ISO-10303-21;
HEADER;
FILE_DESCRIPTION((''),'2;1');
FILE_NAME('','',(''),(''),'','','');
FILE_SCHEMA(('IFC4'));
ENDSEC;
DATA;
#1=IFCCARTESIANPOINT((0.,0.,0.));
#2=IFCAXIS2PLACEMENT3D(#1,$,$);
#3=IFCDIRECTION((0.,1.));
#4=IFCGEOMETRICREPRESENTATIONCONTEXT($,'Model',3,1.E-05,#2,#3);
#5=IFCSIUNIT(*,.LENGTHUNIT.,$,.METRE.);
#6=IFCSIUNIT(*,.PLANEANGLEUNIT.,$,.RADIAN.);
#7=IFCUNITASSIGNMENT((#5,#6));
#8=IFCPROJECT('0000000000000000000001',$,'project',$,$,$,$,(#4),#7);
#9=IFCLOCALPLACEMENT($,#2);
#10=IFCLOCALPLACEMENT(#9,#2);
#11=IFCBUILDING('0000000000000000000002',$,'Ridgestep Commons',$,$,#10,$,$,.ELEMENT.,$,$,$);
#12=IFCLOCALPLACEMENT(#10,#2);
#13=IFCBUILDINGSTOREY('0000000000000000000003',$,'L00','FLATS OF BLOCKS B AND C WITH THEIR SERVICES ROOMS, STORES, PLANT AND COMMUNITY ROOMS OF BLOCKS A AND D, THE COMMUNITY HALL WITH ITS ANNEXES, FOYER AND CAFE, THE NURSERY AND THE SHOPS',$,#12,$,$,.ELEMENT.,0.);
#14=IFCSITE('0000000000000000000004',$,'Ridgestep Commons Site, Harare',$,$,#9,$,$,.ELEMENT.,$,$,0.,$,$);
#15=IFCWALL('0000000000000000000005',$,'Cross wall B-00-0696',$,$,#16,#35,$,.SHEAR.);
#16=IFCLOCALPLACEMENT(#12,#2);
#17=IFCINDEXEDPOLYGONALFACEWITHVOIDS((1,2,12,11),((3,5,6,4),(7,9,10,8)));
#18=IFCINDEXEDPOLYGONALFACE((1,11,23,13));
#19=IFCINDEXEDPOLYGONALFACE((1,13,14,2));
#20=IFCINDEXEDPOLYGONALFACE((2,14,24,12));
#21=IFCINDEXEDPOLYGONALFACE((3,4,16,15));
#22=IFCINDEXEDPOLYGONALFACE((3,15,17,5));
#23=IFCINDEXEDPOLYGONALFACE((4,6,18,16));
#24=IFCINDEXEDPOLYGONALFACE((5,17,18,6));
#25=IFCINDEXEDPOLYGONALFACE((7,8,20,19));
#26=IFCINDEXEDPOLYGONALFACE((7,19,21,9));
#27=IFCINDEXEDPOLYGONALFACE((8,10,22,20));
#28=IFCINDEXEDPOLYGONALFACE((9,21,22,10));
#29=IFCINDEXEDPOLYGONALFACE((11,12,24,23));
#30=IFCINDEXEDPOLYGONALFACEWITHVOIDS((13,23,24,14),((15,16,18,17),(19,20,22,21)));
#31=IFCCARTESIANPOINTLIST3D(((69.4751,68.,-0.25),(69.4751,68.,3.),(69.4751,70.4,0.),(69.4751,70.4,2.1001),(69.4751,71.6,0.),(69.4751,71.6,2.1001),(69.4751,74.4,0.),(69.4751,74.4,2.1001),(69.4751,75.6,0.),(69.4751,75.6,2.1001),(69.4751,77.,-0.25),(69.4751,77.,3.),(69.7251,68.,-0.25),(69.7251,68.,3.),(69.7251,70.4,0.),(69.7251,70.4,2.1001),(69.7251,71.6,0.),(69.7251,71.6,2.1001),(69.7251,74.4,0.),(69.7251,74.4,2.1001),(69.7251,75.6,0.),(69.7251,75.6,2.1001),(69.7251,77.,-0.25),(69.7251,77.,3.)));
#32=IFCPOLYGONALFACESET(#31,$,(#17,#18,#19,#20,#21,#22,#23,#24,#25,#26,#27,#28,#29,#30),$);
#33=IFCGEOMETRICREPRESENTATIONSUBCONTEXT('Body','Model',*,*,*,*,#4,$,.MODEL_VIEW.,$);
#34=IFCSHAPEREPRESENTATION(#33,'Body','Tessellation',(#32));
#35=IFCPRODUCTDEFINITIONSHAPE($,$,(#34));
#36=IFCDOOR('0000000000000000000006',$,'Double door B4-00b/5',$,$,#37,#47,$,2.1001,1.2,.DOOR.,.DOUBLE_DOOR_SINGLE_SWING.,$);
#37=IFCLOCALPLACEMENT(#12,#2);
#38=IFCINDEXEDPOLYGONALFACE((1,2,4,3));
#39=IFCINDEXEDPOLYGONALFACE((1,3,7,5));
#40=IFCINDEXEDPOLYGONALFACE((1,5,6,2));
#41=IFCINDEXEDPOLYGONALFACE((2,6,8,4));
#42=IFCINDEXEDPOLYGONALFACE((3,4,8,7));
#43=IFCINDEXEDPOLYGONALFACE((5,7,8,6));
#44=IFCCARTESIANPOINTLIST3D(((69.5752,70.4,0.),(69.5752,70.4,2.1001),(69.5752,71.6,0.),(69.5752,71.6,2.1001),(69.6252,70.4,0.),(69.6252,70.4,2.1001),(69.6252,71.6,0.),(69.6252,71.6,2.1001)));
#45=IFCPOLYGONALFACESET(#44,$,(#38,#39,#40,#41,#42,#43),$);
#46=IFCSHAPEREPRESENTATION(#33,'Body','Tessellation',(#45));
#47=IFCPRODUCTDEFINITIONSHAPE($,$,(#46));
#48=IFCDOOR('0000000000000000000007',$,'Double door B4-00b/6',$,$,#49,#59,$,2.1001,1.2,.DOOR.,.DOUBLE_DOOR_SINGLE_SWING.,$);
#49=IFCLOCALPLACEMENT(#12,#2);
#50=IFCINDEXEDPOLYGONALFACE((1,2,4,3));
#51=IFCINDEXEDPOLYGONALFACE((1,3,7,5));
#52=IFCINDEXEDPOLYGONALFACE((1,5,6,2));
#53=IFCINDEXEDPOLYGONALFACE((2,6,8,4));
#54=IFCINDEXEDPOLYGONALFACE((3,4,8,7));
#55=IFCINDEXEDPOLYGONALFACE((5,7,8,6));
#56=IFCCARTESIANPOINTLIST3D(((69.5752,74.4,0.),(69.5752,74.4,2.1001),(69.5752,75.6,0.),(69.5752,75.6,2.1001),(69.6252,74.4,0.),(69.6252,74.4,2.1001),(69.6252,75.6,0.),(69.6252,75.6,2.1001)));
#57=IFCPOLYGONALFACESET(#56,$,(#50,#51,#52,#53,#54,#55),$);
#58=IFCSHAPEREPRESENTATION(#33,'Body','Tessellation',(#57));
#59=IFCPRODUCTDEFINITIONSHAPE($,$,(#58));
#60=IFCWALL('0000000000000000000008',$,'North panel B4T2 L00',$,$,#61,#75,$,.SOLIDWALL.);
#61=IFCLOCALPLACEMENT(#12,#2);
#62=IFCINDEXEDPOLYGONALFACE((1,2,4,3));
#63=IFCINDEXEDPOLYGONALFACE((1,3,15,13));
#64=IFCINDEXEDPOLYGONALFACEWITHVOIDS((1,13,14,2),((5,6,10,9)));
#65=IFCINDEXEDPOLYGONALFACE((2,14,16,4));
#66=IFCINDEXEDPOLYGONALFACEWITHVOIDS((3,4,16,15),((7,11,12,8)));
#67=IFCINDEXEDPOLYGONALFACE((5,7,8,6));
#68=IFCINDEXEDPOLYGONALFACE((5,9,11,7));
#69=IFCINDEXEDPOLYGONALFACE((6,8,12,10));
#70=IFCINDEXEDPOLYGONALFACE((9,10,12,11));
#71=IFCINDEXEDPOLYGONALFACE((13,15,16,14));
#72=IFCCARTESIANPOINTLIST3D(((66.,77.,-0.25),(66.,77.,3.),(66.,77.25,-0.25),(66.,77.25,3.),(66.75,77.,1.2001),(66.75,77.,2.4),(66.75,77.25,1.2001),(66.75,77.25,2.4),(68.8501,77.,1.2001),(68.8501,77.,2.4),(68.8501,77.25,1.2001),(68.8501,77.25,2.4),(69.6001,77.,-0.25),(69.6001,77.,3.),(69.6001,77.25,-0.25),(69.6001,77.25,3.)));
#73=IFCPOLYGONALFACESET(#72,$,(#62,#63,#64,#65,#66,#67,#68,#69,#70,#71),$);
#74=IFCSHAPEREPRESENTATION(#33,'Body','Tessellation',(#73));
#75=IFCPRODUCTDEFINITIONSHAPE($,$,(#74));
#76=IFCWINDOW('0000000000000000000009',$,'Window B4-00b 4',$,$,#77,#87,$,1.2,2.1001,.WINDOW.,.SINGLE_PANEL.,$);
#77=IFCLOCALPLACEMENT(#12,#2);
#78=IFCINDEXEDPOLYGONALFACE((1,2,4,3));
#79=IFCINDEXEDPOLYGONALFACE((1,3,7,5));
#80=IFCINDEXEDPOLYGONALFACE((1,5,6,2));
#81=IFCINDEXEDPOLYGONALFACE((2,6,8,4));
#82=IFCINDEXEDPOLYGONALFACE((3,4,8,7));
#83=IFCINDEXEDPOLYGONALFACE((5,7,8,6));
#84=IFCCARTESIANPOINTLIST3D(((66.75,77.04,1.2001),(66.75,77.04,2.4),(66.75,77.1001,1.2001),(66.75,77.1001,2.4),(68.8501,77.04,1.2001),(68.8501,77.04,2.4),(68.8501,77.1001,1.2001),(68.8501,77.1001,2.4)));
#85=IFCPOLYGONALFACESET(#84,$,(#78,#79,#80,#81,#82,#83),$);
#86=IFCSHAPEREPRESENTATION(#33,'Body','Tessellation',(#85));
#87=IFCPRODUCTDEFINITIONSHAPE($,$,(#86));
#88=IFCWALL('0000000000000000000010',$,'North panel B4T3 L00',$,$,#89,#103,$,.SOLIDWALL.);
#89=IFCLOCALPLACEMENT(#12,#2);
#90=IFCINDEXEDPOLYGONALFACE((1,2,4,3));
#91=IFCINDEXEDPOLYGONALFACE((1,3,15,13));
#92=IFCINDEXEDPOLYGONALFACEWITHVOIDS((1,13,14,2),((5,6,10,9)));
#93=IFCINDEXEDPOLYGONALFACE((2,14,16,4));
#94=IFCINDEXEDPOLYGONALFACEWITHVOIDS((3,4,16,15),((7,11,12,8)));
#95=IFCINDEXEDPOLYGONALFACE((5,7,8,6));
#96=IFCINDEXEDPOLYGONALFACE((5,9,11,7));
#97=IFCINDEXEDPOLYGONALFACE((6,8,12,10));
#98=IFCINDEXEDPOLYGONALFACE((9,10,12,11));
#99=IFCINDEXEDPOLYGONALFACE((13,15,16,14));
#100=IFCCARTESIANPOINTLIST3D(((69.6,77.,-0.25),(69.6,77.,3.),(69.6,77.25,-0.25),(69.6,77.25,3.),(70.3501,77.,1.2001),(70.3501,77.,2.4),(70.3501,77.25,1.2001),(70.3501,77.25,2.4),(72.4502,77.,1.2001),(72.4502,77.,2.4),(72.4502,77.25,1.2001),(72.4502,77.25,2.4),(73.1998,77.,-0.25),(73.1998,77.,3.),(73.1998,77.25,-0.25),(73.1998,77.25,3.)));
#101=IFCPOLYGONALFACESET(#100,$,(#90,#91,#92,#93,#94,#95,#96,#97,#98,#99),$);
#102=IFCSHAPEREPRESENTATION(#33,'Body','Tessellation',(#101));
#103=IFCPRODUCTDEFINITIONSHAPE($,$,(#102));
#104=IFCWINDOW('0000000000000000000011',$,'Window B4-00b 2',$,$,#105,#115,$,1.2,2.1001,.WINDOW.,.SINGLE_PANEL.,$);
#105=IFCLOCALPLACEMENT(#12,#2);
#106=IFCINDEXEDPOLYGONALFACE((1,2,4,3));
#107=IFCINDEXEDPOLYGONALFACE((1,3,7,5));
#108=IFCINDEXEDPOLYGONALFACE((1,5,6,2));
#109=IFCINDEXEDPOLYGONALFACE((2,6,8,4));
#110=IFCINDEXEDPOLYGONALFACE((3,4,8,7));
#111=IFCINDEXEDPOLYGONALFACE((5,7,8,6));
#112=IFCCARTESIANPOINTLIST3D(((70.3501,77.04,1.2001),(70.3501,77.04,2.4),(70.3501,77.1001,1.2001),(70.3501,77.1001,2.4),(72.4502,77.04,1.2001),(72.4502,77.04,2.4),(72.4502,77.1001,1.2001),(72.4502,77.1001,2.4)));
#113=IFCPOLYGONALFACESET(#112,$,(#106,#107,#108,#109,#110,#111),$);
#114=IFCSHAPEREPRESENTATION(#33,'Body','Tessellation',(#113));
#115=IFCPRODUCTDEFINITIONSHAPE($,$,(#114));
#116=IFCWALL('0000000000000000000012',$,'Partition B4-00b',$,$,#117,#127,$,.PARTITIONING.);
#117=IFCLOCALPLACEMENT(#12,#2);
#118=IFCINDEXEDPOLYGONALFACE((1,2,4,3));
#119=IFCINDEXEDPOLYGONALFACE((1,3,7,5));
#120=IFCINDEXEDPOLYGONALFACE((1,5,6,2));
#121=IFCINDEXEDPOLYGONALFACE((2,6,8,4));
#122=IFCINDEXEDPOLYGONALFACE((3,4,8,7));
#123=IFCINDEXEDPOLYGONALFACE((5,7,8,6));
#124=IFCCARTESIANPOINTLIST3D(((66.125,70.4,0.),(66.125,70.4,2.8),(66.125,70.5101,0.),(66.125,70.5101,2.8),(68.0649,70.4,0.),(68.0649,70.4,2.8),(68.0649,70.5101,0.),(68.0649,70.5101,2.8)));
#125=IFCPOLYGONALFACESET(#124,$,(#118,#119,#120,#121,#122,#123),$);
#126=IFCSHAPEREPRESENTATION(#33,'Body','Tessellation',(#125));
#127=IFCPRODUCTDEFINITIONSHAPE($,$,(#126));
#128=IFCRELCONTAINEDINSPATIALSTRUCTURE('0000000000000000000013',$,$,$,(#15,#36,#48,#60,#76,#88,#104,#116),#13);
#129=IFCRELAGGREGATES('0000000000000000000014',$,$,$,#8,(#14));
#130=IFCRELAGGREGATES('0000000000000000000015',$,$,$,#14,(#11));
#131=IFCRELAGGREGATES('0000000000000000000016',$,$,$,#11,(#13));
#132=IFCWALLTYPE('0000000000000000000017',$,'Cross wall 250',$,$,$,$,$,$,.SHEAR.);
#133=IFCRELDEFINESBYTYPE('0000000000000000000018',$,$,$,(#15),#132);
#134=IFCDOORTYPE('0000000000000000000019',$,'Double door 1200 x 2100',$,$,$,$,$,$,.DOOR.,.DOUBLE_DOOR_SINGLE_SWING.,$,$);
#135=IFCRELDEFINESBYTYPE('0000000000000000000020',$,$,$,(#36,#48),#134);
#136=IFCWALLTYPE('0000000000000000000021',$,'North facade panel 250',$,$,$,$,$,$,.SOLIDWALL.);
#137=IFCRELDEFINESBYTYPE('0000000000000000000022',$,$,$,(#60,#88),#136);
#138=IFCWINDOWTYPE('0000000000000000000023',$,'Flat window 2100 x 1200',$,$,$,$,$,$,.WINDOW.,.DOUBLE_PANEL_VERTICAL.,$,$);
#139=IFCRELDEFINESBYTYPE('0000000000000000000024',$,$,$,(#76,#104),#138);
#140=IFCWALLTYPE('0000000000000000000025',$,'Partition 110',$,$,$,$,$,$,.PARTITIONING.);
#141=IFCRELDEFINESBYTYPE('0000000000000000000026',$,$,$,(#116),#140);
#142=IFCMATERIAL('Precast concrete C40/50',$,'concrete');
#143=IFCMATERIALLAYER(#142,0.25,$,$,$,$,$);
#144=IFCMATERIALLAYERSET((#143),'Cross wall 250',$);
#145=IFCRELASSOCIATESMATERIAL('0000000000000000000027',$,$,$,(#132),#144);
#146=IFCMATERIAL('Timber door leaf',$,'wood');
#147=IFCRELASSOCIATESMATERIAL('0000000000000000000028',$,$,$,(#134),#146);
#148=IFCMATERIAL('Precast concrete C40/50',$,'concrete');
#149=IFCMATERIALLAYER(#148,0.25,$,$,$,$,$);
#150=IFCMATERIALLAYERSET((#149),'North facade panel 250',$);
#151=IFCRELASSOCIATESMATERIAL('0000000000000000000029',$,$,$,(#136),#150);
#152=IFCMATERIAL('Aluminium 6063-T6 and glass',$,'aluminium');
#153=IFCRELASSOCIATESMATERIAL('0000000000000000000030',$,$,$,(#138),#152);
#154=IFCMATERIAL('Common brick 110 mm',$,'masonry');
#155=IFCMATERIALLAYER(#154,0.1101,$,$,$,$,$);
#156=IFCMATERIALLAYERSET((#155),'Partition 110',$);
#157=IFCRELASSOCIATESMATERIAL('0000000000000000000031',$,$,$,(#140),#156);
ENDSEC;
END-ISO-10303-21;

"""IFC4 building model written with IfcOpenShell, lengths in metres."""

from ifc_helpers import new_model, si_unit, direction, frame, frame_2d, origin, place, context, subcontext, project, spatial, rectangle, extrude, material, layer, layer_set, type_object, element, fill, save


model = new_model("IFC4")

# Units and contexts
model_context = context("Model", 3, precision=1e-05, world=origin(), true_north=direction((0.0, 1.0)))
body_context = subcontext(model_context, "Body", "Model", "MODEL_VIEW")
ifc_project = project(units=[si_unit("LENGTHUNIT", "METRE"), si_unit("PLANEANGLEUNIT", "RADIAN")], contexts=[model_context])

# Site, building, storey
site_placement = place(None, origin())
site = spatial("IfcSite", under=ifc_project, at=site_placement, Name="Ridgestep Commons Site, Harare", CompositionType="ELEMENT", RefElevation=0.0)
building_placement = place(site_placement, origin())
building = spatial("IfcBuilding", under=site, at=building_placement, Name="Ridgestep Commons", CompositionType="ELEMENT")
storey_placement = place(building_placement, origin())
storey = spatial("IfcBuildingStorey", under=building, at=storey_placement, Name="L00", Description="FLATS OF BLOCKS B AND C WITH THEIR SERVICES ROOMS, STORES, PLANT AND COMMUNITY ROOMS OF BLOCKS A AND D, THE COMMUNITY HALL WITH ITS ANNEXES, FOYER AND CAFE, THE NURSERY AND THE SHOPS", CompositionType="ELEMENT", Elevation=0.0)

# Shared definitions
ifc_material_1 = material(Name="Precast concrete C40/50", Category="concrete")
ifc_layer_1 = layer(ifc_material_1, 0.25)
ifc_layer_set_1 = layer_set([ifc_layer_1], Name="Cross wall 250")
wall_type_1 = type_object("IfcWallType", Name="Cross wall 250", PredefinedType="SHEAR", material=ifc_layer_set_1)

# Wall, openings, doors
wall_1_placement = place(storey_placement, frame((69.6001, 68.0, -0.25), z_axis=(0.0, 0.0, 1.0), x_axis=(0.0, 1.0, 0.0)))
wall_1 = element("IfcWall", 1, at=wall_1_placement, inside=storey, type_object=wall_type_1, Name="Cross wall B-00-0696", PredefinedType="SHEAR", context=body_context, shape_type="SweptSolid", body=[
    extrude(rectangle(XDim=9.0, YDim=0.25, at=frame_2d((4.5, 0.0))), origin(), (0.0, 0.0, 1.0), 3.25),
])
opening_1_placement = place(wall_1_placement, frame((2.3999, 0.0, 0.25)))
opening_1 = element("IfcOpeningElement", 2, at=opening_1_placement, cuts=wall_1, PredefinedType="OPENING", context=body_context, shape_type="SweptSolid", body=[
    extrude(rectangle(XDim=1.2, YDim=2.1001, at=frame_2d((0.6001, 1.05))), frame((0.0, 0.135, 0.0), z_axis=(0.0, -1.0, 0.0), x_axis=(1.0, 0.0, 0.0)), (0.0, 0.0, 1.0), 0.27),
])
opening_2_placement = place(wall_1_placement, frame((6.3999, 0.0, 0.25)))
opening_2 = element("IfcOpeningElement", 3, at=opening_2_placement, cuts=wall_1, PredefinedType="OPENING", context=body_context, shape_type="SweptSolid", body=[
    extrude(rectangle(XDim=1.2, YDim=2.1001, at=frame_2d((0.6001, 1.05))), frame((0.0, 0.135, 0.0), z_axis=(0.0, -1.0, 0.0), x_axis=(1.0, 0.0, 0.0)), (0.0, 0.0, 1.0), 0.27),
])
ifc_material_2 = material(Name="Timber door leaf", Category="wood")
door_type_1 = type_object("IfcDoorType", Name="Double door 1200 x 2100", OperationType="DOUBLE_DOOR_SINGLE_SWING", PredefinedType="DOOR", material=ifc_material_2)
door_1_placement = place(opening_1_placement, origin())
door_1 = element("IfcDoor", 4, at=door_1_placement, inside=storey, type_object=door_type_1, Name="Double door B4-00b/5", OperationType="DOUBLE_DOOR_SINGLE_SWING", OverallHeight=2.1001, OverallWidth=1.2, PredefinedType="DOOR", context=body_context, shape_type="SweptSolid", body=[
    extrude(rectangle(XDim=1.2, YDim=2.1001, at=frame_2d((0.6001, 1.05))), frame((0.0, 0.0249, 0.0), z_axis=(0.0, -1.0, 0.0), x_axis=(1.0, 0.0, 0.0)), (0.0, 0.0, 1.0), 0.05),
])
fill(opening_1, door_1)
door_2_placement = place(opening_2_placement, origin())
door_2 = element("IfcDoor", 5, at=door_2_placement, inside=storey, type_object=door_type_1, Name="Double door B4-00b/6", OperationType="DOUBLE_DOOR_SINGLE_SWING", OverallHeight=2.1001, OverallWidth=1.2, PredefinedType="DOOR", context=body_context, shape_type="SweptSolid", body=[
    extrude(rectangle(XDim=1.2, YDim=2.1001, at=frame_2d((0.6001, 1.05))), frame((0.0, 0.0249, 0.0), z_axis=(0.0, -1.0, 0.0), x_axis=(1.0, 0.0, 0.0)), (0.0, 0.0, 1.0), 0.05),
])
fill(opening_2, door_2)

# Walls, openings, windows
ifc_material_3 = material(Name="Precast concrete C40/50", Category="concrete")
ifc_layer_2 = layer(ifc_material_3, 0.25)
ifc_layer_set_2 = layer_set([ifc_layer_2], Name="North facade panel 250")
wall_type_2 = type_object("IfcWallType", Name="North facade panel 250", PredefinedType="SOLIDWALL", material=ifc_layer_set_2)
wall_2_placement = place(storey_placement, frame((66.0, 77.125, -0.25), z_axis=(0.0, 0.0, 1.0), x_axis=(1.0, 0.0, 0.0)))
wall_2 = element("IfcWall", 6, at=wall_2_placement, inside=storey, type_object=wall_type_2, Name="North panel B4T2 L00", PredefinedType="SOLIDWALL", context=body_context, shape_type="SweptSolid", body=[
    extrude(rectangle(XDim=3.6001, YDim=0.25, at=frame_2d((1.8, 0.0))), origin(), (0.0, 0.0, 1.0), 3.25),
])
opening_3_placement = place(wall_2_placement, frame((0.75, 0.0, 1.45)))
opening_3 = element("IfcOpeningElement", 7, at=opening_3_placement, cuts=wall_2, PredefinedType="OPENING", context=body_context, shape_type="SweptSolid", body=[
    extrude(rectangle(XDim=2.1001, YDim=1.2, at=frame_2d((1.05, 0.6001))), frame((0.0, 0.135, 0.0), z_axis=(0.0, -1.0, 0.0), x_axis=(1.0, 0.0, 0.0)), (0.0, 0.0, 1.0), 0.27),
])
ifc_material_4 = material(Name="Aluminium 6063-T6 and glass", Category="aluminium")
window_type = type_object("IfcWindowType", Name="Flat window 2100 x 1200", PartitioningType="DOUBLE_PANEL_VERTICAL", PredefinedType="WINDOW", material=ifc_material_4)
window_1_placement = place(opening_3_placement, origin())
window_1 = element("IfcWindow", 8, at=window_1_placement, inside=storey, type_object=window_type, Name="Window B4-00b 4", OverallHeight=1.2, OverallWidth=2.1001, PartitioningType="SINGLE_PANEL", PredefinedType="WINDOW", context=body_context, shape_type="SweptSolid", body=[
    extrude(rectangle(XDim=2.1001, YDim=1.2, at=frame_2d((1.05, 0.6001))), frame((0.0, -0.0249, 0.0), z_axis=(0.0, -1.0, 0.0), x_axis=(1.0, 0.0, 0.0)), (0.0, 0.0, 1.0), 0.0601),
])
fill(opening_3, window_1)
wall_3_placement = place(storey_placement, frame((69.6001, 77.125, -0.25), z_axis=(0.0, 0.0, 1.0), x_axis=(1.0, 0.0, 0.0)))
wall_3 = element("IfcWall", 9, at=wall_3_placement, inside=storey, type_object=wall_type_2, Name="North panel B4T3 L00", PredefinedType="SOLIDWALL", context=body_context, shape_type="SweptSolid", body=[
    extrude(rectangle(XDim=3.5999, YDim=0.25, at=frame_2d((1.7998, 0.0))), origin(), (0.0, 0.0, 1.0), 3.25),
])
opening_4_placement = place(wall_3_placement, frame((0.75, 0.0, 1.45)))
opening_4 = element("IfcOpeningElement", 10, at=opening_4_placement, cuts=wall_3, PredefinedType="OPENING", context=body_context, shape_type="SweptSolid", body=[
    extrude(rectangle(XDim=2.1001, YDim=1.2, at=frame_2d((1.05, 0.6001))), frame((0.0, 0.135, 0.0), z_axis=(0.0, -1.0, 0.0), x_axis=(1.0, 0.0, 0.0)), (0.0, 0.0, 1.0), 0.27),
])
window_2_placement = place(opening_4_placement, origin())
window_2 = element("IfcWindow", 11, at=window_2_placement, inside=storey, type_object=window_type, Name="Window B4-00b 2", OverallHeight=1.2, OverallWidth=2.1001, PartitioningType="SINGLE_PANEL", PredefinedType="WINDOW", context=body_context, shape_type="SweptSolid", body=[
    extrude(rectangle(XDim=2.1001, YDim=1.2, at=frame_2d((1.05, 0.6001))), frame((0.0, -0.0249, 0.0), z_axis=(0.0, -1.0, 0.0), x_axis=(1.0, 0.0, 0.0)), (0.0, 0.0, 1.0), 0.0601),
])
fill(opening_4, window_2)

# Wall
ifc_material_5 = material(Name="Common brick 110 mm", Category="masonry")
ifc_layer_3 = layer(ifc_material_5, 0.1101)
ifc_layer_set_3 = layer_set([ifc_layer_3], Name="Partition 110")
wall_type_3 = type_object("IfcWallType", Name="Partition 110", PredefinedType="PARTITIONING", material=ifc_layer_set_3)
wall_4_placement = place(storey_placement, frame((66.125, 70.4551, 0.0), z_axis=(0.0, 0.0, 1.0), x_axis=(1.0, 0.0, 0.0)))
element("IfcWall", 12, at=wall_4_placement, inside=storey, type_object=wall_type_3, Name="Partition B4-00b", PredefinedType="PARTITIONING", context=body_context, shape_type="SweptSolid", body=[
    extrude(rectangle(XDim=1.9399, YDim=0.1101, at=frame_2d((0.97, 0.0))), origin(), (0.0, 0.0, 1.0), 2.8),
])

save(model, "model.ifc")
